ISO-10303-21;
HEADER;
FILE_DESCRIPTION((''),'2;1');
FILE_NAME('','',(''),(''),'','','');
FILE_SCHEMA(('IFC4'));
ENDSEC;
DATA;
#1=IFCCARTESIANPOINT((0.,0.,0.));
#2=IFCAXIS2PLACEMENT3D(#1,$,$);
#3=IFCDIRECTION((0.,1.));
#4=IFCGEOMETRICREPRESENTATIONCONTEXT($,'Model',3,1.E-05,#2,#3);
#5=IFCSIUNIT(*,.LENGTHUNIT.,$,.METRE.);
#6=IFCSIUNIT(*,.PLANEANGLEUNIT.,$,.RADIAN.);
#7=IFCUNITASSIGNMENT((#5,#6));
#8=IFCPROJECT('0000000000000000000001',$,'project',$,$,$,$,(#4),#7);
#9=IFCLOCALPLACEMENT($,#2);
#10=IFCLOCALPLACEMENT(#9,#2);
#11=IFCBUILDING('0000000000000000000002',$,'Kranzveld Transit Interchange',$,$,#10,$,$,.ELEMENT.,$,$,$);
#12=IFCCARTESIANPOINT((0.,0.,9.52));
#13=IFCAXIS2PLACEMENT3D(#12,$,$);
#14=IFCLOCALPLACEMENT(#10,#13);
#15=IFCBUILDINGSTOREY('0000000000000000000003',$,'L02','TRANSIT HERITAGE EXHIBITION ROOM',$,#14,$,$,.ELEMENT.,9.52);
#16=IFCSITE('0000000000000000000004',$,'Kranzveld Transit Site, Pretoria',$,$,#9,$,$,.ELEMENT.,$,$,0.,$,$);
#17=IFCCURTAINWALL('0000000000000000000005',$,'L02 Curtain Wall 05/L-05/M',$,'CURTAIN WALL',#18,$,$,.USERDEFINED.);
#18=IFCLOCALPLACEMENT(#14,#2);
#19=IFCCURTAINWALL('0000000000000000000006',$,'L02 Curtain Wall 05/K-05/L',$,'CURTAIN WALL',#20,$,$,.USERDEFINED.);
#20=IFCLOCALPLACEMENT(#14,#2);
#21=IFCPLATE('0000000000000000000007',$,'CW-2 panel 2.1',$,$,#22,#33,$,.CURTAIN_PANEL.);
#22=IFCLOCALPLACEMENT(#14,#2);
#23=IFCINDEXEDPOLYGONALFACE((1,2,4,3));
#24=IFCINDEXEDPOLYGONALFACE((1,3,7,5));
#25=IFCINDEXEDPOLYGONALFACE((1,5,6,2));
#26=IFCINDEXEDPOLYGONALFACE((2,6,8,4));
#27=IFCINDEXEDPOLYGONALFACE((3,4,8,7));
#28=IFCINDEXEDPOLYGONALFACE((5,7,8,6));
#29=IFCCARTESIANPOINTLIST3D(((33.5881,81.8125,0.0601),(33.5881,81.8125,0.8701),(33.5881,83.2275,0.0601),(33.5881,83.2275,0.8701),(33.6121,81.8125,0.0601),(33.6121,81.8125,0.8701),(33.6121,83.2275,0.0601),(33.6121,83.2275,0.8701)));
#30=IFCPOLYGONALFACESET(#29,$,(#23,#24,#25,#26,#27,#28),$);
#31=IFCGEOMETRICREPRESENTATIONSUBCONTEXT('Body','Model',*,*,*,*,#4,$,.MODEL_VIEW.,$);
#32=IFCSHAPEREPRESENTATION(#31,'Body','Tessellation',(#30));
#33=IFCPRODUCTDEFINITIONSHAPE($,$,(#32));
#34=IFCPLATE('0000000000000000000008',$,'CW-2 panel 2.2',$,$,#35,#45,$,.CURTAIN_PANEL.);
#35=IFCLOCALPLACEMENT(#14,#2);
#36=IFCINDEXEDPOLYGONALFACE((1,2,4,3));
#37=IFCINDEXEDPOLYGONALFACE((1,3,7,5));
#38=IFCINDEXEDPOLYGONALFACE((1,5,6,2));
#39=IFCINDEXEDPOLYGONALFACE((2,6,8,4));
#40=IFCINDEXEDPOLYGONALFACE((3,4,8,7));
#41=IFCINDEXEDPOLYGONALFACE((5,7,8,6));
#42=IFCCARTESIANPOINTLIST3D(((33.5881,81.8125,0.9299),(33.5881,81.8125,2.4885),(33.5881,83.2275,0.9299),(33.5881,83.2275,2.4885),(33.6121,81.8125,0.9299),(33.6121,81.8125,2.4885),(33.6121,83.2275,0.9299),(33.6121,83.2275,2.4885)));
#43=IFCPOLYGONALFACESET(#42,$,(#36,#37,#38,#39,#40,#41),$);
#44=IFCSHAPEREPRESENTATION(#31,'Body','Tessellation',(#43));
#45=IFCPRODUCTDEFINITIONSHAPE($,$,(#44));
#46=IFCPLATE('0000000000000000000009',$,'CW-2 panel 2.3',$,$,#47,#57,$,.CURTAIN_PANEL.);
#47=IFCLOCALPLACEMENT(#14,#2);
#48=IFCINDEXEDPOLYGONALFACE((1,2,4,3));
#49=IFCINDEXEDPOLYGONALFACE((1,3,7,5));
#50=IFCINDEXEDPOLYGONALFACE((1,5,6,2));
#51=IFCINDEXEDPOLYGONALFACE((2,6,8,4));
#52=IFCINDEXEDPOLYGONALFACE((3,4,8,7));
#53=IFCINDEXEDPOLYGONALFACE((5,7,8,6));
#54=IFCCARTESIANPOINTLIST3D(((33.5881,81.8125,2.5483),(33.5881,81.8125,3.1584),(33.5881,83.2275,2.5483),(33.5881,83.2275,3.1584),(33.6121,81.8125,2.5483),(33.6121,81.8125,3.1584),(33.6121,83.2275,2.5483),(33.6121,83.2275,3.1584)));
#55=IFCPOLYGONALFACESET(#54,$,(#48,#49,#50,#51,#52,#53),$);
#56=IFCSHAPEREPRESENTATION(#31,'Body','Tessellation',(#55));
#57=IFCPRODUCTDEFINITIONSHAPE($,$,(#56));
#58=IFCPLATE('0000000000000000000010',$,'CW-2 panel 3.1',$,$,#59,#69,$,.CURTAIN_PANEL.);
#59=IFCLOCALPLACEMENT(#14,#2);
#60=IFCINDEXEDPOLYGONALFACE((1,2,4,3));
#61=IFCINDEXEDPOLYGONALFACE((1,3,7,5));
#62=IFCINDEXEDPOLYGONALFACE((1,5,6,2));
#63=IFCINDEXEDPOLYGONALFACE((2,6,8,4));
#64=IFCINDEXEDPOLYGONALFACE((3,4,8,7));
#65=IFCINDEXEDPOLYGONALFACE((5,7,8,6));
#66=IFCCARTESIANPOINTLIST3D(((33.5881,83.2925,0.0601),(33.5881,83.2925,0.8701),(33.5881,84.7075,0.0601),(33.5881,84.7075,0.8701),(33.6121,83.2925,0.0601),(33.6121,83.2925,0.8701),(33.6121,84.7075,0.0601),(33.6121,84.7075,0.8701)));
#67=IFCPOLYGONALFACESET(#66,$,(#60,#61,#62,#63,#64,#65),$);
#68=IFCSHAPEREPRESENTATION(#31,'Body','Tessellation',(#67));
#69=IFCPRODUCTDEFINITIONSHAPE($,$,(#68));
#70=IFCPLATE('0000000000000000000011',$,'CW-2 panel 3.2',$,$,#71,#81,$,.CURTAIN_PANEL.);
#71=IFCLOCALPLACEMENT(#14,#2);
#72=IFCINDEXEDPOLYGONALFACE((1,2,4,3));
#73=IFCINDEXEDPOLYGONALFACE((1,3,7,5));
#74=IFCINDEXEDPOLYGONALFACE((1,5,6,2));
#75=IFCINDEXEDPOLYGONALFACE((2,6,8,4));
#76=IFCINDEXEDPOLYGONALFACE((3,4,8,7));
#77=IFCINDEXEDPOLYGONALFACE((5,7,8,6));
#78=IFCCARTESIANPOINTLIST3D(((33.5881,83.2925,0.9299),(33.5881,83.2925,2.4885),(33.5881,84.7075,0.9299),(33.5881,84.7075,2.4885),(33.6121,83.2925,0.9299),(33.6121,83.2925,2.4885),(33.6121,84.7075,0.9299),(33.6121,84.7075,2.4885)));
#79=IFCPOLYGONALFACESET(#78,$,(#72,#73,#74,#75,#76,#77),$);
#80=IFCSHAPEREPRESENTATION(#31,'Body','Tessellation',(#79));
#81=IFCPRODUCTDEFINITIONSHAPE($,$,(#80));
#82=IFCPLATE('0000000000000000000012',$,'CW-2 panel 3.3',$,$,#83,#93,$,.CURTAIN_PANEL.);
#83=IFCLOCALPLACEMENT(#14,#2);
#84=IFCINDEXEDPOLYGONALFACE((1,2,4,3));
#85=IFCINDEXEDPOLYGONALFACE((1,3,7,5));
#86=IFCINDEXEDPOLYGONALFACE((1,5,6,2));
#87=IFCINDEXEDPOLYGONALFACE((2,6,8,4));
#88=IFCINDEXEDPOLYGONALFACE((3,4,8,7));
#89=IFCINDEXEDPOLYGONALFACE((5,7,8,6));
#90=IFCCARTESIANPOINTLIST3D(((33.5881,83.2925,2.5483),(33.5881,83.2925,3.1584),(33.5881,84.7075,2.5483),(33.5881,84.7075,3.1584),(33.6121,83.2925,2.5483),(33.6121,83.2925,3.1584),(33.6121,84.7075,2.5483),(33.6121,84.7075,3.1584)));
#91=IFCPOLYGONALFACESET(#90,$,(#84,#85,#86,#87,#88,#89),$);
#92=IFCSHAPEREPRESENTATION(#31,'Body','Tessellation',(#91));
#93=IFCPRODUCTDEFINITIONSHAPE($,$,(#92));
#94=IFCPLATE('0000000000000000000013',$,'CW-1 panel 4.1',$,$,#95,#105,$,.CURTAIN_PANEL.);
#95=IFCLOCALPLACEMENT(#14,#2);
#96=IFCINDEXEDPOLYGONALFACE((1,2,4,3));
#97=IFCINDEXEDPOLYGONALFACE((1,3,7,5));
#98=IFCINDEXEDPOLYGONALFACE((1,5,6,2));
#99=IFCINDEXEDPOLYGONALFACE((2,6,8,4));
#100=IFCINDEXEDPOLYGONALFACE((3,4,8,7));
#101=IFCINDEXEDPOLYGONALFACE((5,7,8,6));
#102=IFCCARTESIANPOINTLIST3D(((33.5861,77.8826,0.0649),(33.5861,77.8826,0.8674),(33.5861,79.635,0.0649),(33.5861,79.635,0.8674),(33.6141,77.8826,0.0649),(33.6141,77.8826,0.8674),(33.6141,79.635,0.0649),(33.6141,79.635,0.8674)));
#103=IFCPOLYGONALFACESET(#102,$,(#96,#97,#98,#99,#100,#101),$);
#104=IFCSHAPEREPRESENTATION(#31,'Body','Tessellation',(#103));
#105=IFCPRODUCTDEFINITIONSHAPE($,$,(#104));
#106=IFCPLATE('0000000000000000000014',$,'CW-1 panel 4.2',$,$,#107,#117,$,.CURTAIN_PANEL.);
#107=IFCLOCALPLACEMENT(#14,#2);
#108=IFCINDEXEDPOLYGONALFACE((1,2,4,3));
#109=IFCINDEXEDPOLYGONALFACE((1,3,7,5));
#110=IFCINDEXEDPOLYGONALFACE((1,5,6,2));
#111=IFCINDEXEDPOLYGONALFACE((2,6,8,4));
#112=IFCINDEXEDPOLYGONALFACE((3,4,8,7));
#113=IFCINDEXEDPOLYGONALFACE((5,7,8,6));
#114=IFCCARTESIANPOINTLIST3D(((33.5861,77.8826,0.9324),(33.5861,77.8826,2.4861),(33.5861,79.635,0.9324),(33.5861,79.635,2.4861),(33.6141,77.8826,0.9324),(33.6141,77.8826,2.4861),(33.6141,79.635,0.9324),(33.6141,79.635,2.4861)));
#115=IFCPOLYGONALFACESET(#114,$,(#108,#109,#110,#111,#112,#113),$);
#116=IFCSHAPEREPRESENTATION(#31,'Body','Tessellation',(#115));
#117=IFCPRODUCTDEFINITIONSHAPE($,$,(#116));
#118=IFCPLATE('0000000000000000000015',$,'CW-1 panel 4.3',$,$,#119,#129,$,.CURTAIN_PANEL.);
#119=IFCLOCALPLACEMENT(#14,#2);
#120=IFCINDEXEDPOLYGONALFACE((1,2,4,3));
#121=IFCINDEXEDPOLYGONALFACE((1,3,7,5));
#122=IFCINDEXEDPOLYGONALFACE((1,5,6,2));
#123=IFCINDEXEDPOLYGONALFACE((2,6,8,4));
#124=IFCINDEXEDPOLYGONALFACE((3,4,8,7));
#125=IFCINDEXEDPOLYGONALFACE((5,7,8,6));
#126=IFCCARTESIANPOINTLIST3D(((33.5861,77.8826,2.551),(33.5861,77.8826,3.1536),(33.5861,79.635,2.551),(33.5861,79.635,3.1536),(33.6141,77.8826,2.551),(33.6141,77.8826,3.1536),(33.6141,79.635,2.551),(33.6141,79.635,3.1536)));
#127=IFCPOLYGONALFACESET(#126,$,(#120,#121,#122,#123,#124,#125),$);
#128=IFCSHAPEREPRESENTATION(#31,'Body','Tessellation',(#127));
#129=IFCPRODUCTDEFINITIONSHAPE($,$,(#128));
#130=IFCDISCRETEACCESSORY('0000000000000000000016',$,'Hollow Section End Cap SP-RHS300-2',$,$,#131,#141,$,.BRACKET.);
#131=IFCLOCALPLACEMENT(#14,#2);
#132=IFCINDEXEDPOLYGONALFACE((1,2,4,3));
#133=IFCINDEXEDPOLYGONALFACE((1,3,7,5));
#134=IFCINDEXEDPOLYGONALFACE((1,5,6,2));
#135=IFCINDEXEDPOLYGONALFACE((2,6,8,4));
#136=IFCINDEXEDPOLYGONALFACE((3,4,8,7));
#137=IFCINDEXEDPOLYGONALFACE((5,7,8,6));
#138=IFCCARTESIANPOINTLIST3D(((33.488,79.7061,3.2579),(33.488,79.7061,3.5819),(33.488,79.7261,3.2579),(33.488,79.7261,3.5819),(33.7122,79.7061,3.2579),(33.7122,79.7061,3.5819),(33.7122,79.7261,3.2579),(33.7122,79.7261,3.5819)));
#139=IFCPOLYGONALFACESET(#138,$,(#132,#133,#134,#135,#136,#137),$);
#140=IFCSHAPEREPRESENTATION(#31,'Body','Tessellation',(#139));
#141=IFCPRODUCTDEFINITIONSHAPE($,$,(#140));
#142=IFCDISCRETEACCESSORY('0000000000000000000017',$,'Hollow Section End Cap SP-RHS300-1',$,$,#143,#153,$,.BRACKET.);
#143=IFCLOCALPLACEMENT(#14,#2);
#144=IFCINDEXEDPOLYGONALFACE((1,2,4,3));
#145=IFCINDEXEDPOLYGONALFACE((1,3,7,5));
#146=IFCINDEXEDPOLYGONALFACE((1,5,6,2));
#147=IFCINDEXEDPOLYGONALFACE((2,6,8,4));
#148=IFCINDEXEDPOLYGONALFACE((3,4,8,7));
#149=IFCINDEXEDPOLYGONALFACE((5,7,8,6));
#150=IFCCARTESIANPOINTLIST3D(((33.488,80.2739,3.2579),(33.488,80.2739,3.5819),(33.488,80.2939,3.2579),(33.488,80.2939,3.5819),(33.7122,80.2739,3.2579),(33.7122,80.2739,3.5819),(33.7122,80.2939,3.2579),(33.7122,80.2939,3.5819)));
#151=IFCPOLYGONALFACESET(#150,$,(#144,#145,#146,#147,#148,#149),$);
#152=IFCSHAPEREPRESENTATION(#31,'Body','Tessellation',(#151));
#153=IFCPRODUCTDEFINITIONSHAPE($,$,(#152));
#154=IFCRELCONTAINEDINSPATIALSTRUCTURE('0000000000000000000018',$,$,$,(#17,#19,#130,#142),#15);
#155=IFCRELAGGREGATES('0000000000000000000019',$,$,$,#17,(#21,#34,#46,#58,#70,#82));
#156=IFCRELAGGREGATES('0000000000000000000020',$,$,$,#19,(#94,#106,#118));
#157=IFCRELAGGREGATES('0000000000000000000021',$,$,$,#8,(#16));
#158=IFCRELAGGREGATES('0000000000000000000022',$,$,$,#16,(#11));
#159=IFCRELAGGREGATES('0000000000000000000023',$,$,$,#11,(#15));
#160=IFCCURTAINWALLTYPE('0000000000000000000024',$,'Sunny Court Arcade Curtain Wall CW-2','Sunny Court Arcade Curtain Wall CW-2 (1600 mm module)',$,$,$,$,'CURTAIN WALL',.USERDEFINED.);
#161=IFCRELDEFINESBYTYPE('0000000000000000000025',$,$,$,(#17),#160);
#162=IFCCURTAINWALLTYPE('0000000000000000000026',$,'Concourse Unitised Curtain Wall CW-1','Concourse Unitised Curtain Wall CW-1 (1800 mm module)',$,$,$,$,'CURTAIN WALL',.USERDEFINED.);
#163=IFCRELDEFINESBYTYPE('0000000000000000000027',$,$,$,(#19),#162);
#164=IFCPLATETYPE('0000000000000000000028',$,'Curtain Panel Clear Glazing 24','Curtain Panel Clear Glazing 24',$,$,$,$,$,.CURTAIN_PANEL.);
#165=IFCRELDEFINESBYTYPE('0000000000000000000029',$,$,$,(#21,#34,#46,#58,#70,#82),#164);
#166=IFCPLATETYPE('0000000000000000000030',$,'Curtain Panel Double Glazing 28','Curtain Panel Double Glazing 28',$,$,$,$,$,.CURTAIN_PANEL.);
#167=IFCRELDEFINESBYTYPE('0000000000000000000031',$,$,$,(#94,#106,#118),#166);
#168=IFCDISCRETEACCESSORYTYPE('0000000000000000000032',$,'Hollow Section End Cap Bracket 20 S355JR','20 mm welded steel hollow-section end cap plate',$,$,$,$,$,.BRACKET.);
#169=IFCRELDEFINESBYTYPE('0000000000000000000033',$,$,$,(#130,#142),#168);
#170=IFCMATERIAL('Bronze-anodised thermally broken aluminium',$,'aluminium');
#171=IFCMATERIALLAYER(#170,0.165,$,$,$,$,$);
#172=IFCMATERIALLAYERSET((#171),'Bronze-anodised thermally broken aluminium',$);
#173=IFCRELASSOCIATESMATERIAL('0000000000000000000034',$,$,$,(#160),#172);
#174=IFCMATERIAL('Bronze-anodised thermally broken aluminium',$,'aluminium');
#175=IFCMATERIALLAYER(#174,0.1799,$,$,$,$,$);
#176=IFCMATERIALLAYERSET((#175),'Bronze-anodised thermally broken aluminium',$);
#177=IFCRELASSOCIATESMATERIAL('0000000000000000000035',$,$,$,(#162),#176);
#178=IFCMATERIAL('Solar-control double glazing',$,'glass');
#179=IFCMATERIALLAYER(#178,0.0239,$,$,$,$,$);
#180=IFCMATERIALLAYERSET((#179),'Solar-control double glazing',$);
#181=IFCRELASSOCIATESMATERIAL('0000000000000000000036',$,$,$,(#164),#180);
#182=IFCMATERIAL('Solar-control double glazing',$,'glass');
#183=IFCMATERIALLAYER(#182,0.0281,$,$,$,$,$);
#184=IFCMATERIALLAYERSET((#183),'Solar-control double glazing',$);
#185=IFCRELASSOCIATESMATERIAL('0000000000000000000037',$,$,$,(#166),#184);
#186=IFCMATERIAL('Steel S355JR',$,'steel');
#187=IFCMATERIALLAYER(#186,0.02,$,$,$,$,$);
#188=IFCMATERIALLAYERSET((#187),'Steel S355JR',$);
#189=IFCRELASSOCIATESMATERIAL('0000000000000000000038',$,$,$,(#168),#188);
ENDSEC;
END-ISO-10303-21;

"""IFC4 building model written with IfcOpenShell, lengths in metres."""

from ifc_helpers import new_model, si_unit, direction, frame, origin, origin_2d, place, context, subcontext, project, spatial, rectangle, extrude, material, layer, layer_set, type_object, element, aggregate, save


model = new_model("IFC4")

# Units and contexts
model_context = context("Model", 3, precision=1e-05, world=origin(), true_north=direction((0.0, 1.0)))
body_context = subcontext(model_context, "Body", "Model", "MODEL_VIEW")
ifc_project = project(units=[si_unit("LENGTHUNIT", "METRE"), si_unit("PLANEANGLEUNIT", "RADIAN")], contexts=[model_context])

# Site, building, storey
site_placement = place(None, origin())
site = spatial("IfcSite", under=ifc_project, at=site_placement, Name="Kranzveld Transit Site, Pretoria", CompositionType="ELEMENT", RefElevation=0.0)
building_placement = place(site_placement, origin())
building = spatial("IfcBuilding", under=site, at=building_placement, Name="Kranzveld Transit Interchange", CompositionType="ELEMENT")
storey_placement = place(building_placement, frame((0.0, 0.0, 9.52)))
storey = spatial("IfcBuildingStorey", under=building, at=storey_placement, Name="L02", Description="TRANSIT HERITAGE EXHIBITION ROOM", CompositionType="ELEMENT", Elevation=9.52)

# Curtain wall
ifc_material_1 = material(Name="Bronze-anodised thermally broken aluminium", Category="aluminium")
ifc_layer_1 = layer(ifc_material_1, 0.165)
ifc_layer_set_1 = layer_set([ifc_layer_1], Name="Bronze-anodised thermally broken aluminium")
curtain_wall_type_1 = type_object("IfcCurtainWallType", Name="Sunny Court Arcade Curtain Wall CW-2", Description="Sunny Court Arcade Curtain Wall CW-2 (1600 mm module)", ElementType="CURTAIN WALL", PredefinedType="USERDEFINED", material=ifc_layer_set_1)
curtain_wall_1_placement = place(storey_placement, origin())
curtain_wall_1 = element("IfcCurtainWall", 1, at=curtain_wall_1_placement, inside=storey, type_object=curtain_wall_type_1, Name="L02 Curtain Wall 05/L-05/M", ObjectType="CURTAIN WALL", PredefinedType="USERDEFINED")

# Curtain wall
ifc_material_2 = material(Name="Bronze-anodised thermally broken aluminium", Category="aluminium")
ifc_layer_2 = layer(ifc_material_2, 0.1799)
ifc_layer_set_2 = layer_set([ifc_layer_2], Name="Bronze-anodised thermally broken aluminium")
curtain_wall_type_2 = type_object("IfcCurtainWallType", Name="Concourse Unitised Curtain Wall CW-1", Description="Concourse Unitised Curtain Wall CW-1 (1800 mm module)", ElementType="CURTAIN WALL", PredefinedType="USERDEFINED", material=ifc_layer_set_2)
curtain_wall_2_placement = place(storey_placement, origin())
curtain_wall_2 = element("IfcCurtainWall", 2, at=curtain_wall_2_placement, inside=storey, type_object=curtain_wall_type_2, Name="L02 Curtain Wall 05/K-05/L", ObjectType="CURTAIN WALL", PredefinedType="USERDEFINED")

# Plates
ifc_material_3 = material(Name="Solar-control double glazing", Category="glass")
ifc_layer_3 = layer(ifc_material_3, 0.0239)
ifc_layer_set_3 = layer_set([ifc_layer_3], Name="Solar-control double glazing")
plate_type_1 = type_object("IfcPlateType", Name="Curtain Panel Clear Glazing 24", Description="Curtain Panel Clear Glazing 24", PredefinedType="CURTAIN_PANEL", material=ifc_layer_set_3)
plate_1_placement = place(storey_placement, frame((33.6001, 82.52, 0.0601), z_axis=(0.0, 0.0, 1.0), x_axis=(0.0, 1.0, 0.0)))
plate_1 = element("IfcPlate", 3, at=plate_1_placement, type_object=plate_type_1, Name="CW-2 panel 2.1", PredefinedType="CURTAIN_PANEL", context=body_context, shape_type="SweptSolid", body=[
    extrude(rectangle(XDim=1.415, YDim=0.0239, at=origin_2d()), origin(), (0.0, 0.0, 1.0), 0.8101),
])
plate_2_placement = place(storey_placement, frame((33.6001, 82.52, 0.9299), z_axis=(0.0, 0.0, 1.0), x_axis=(0.0, 1.0, 0.0)))
plate_2 = element("IfcPlate", 4, at=plate_2_placement, type_object=plate_type_1, Name="CW-2 panel 2.2", PredefinedType="CURTAIN_PANEL", context=body_context, shape_type="SweptSolid", body=[
    extrude(rectangle(XDim=1.415, YDim=0.0239, at=origin_2d()), origin(), (0.0, 0.0, 1.0), 1.5586),
])
plate_3_placement = place(storey_placement, frame((33.6001, 82.52, 2.5483), z_axis=(0.0, 0.0, 1.0), x_axis=(0.0, 1.0, 0.0)))
plate_3 = element("IfcPlate", 5, at=plate_3_placement, type_object=plate_type_1, Name="CW-2 panel 2.3", PredefinedType="CURTAIN_PANEL", context=body_context, shape_type="SweptSolid", body=[
    extrude(rectangle(XDim=1.415, YDim=0.0239, at=origin_2d()), origin(), (0.0, 0.0, 1.0), 0.6101),
])
plate_4_placement = place(storey_placement, frame((33.6001, 84.0, 0.0601), z_axis=(0.0, 0.0, 1.0), x_axis=(0.0, 1.0, 0.0)))
plate_4 = element("IfcPlate", 6, at=plate_4_placement, type_object=plate_type_1, Name="CW-2 panel 3.1", PredefinedType="CURTAIN_PANEL", context=body_context, shape_type="SweptSolid", body=[
    extrude(rectangle(XDim=1.415, YDim=0.0239, at=origin_2d()), origin(), (0.0, 0.0, 1.0), 0.8101),
])
plate_5_placement = place(storey_placement, frame((33.6001, 84.0, 0.9299), z_axis=(0.0, 0.0, 1.0), x_axis=(0.0, 1.0, 0.0)))
plate_5 = element("IfcPlate", 7, at=plate_5_placement, type_object=plate_type_1, Name="CW-2 panel 3.2", PredefinedType="CURTAIN_PANEL", context=body_context, shape_type="SweptSolid", body=[
    extrude(rectangle(XDim=1.415, YDim=0.0239, at=origin_2d()), origin(), (0.0, 0.0, 1.0), 1.5586),
])
plate_6_placement = place(storey_placement, frame((33.6001, 84.0, 2.5483), z_axis=(0.0, 0.0, 1.0), x_axis=(0.0, 1.0, 0.0)))
plate_6 = element("IfcPlate", 8, at=plate_6_placement, type_object=plate_type_1, Name="CW-2 panel 3.3", PredefinedType="CURTAIN_PANEL", context=body_context, shape_type="SweptSolid", body=[
    extrude(rectangle(XDim=1.415, YDim=0.0239, at=origin_2d()), origin(), (0.0, 0.0, 1.0), 0.6101),
])
aggregate(curtain_wall_1, [plate_1, plate_2, plate_3, plate_4, plate_5, plate_6])
ifc_material_4 = material(Name="Solar-control double glazing", Category="glass")
ifc_layer_4 = layer(ifc_material_4, 0.0281)
ifc_layer_set_4 = layer_set([ifc_layer_4], Name="Solar-control double glazing")
plate_type_2 = type_object("IfcPlateType", Name="Curtain Panel Double Glazing 28", Description="Curtain Panel Double Glazing 28", PredefinedType="CURTAIN_PANEL", material=ifc_layer_set_4)
plate_7_placement = place(storey_placement, frame((33.6001, 78.7588, 0.0649), z_axis=(0.0, 0.0, 1.0), x_axis=(0.0, 1.0, 0.0)))
plate_7 = element("IfcPlate", 9, at=plate_7_placement, type_object=plate_type_2, Name="CW-1 panel 4.1", PredefinedType="CURTAIN_PANEL", context=body_context, shape_type="SweptSolid", body=[
    extrude(rectangle(XDim=1.7524, YDim=0.0281, at=origin_2d()), origin(), (0.0, 0.0, 1.0), 0.8025),
])
plate_8_placement = place(storey_placement, frame((33.6001, 78.7588, 0.9324), z_axis=(0.0, 0.0, 1.0), x_axis=(0.0, 1.0, 0.0)))
plate_8 = element("IfcPlate", 10, at=plate_8_placement, type_object=plate_type_2, Name="CW-1 panel 4.2", PredefinedType="CURTAIN_PANEL", context=body_context, shape_type="SweptSolid", body=[
    extrude(rectangle(XDim=1.7524, YDim=0.0281, at=origin_2d()), origin(), (0.0, 0.0, 1.0), 1.5537),
])
plate_9_placement = place(storey_placement, frame((33.6001, 78.7588, 2.551), z_axis=(0.0, 0.0, 1.0), x_axis=(0.0, 1.0, 0.0)))
plate_9 = element("IfcPlate", 11, at=plate_9_placement, type_object=plate_type_2, Name="CW-1 panel 4.3", PredefinedType="CURTAIN_PANEL", context=body_context, shape_type="SweptSolid", body=[
    extrude(rectangle(XDim=1.7524, YDim=0.0281, at=origin_2d()), origin(), (0.0, 0.0, 1.0), 0.6025),
])
aggregate(curtain_wall_2, [plate_7, plate_8, plate_9])

# Discrete accessories
ifc_material_5 = material(Name="Steel S355JR", Category="steel")
ifc_layer_5 = layer(ifc_material_5, 0.02)
ifc_layer_set_5 = layer_set([ifc_layer_5], Name="Steel S355JR")
discrete_accessory_type = type_object("IfcDiscreteAccessoryType", Name="Hollow Section End Cap Bracket 20 S355JR", Description="20 mm welded steel hollow-section end cap plate", PredefinedType="BRACKET", material=ifc_layer_set_5)
for number, where, z_axis, x_axis, name in (
    (12, (33.6001, 79.7061, 3.4199), (0.0, 1.0, 0.0), (-1.0, 0.0, 0.0), "Hollow Section End Cap SP-RHS300-2"),
    (13, (33.6001, 80.2939, 3.4199), (0.0, -1.0, 0.0), (1.0, 0.0, 0.0), "Hollow Section End Cap SP-RHS300-1"),
):
    element("IfcDiscreteAccessory", number, at=place(storey_placement, frame(where, z_axis=z_axis, x_axis=x_axis)), inside=storey, type_object=discrete_accessory_type, Name=name, PredefinedType="BRACKET", context=body_context, shape_type="SweptSolid", body=[
        extrude(rectangle(XDim=0.2241, YDim=0.324, at=origin_2d()), origin(), (0.0, 0.0, 1.0), 0.02),
    ])

save(model, "model.ifc")
